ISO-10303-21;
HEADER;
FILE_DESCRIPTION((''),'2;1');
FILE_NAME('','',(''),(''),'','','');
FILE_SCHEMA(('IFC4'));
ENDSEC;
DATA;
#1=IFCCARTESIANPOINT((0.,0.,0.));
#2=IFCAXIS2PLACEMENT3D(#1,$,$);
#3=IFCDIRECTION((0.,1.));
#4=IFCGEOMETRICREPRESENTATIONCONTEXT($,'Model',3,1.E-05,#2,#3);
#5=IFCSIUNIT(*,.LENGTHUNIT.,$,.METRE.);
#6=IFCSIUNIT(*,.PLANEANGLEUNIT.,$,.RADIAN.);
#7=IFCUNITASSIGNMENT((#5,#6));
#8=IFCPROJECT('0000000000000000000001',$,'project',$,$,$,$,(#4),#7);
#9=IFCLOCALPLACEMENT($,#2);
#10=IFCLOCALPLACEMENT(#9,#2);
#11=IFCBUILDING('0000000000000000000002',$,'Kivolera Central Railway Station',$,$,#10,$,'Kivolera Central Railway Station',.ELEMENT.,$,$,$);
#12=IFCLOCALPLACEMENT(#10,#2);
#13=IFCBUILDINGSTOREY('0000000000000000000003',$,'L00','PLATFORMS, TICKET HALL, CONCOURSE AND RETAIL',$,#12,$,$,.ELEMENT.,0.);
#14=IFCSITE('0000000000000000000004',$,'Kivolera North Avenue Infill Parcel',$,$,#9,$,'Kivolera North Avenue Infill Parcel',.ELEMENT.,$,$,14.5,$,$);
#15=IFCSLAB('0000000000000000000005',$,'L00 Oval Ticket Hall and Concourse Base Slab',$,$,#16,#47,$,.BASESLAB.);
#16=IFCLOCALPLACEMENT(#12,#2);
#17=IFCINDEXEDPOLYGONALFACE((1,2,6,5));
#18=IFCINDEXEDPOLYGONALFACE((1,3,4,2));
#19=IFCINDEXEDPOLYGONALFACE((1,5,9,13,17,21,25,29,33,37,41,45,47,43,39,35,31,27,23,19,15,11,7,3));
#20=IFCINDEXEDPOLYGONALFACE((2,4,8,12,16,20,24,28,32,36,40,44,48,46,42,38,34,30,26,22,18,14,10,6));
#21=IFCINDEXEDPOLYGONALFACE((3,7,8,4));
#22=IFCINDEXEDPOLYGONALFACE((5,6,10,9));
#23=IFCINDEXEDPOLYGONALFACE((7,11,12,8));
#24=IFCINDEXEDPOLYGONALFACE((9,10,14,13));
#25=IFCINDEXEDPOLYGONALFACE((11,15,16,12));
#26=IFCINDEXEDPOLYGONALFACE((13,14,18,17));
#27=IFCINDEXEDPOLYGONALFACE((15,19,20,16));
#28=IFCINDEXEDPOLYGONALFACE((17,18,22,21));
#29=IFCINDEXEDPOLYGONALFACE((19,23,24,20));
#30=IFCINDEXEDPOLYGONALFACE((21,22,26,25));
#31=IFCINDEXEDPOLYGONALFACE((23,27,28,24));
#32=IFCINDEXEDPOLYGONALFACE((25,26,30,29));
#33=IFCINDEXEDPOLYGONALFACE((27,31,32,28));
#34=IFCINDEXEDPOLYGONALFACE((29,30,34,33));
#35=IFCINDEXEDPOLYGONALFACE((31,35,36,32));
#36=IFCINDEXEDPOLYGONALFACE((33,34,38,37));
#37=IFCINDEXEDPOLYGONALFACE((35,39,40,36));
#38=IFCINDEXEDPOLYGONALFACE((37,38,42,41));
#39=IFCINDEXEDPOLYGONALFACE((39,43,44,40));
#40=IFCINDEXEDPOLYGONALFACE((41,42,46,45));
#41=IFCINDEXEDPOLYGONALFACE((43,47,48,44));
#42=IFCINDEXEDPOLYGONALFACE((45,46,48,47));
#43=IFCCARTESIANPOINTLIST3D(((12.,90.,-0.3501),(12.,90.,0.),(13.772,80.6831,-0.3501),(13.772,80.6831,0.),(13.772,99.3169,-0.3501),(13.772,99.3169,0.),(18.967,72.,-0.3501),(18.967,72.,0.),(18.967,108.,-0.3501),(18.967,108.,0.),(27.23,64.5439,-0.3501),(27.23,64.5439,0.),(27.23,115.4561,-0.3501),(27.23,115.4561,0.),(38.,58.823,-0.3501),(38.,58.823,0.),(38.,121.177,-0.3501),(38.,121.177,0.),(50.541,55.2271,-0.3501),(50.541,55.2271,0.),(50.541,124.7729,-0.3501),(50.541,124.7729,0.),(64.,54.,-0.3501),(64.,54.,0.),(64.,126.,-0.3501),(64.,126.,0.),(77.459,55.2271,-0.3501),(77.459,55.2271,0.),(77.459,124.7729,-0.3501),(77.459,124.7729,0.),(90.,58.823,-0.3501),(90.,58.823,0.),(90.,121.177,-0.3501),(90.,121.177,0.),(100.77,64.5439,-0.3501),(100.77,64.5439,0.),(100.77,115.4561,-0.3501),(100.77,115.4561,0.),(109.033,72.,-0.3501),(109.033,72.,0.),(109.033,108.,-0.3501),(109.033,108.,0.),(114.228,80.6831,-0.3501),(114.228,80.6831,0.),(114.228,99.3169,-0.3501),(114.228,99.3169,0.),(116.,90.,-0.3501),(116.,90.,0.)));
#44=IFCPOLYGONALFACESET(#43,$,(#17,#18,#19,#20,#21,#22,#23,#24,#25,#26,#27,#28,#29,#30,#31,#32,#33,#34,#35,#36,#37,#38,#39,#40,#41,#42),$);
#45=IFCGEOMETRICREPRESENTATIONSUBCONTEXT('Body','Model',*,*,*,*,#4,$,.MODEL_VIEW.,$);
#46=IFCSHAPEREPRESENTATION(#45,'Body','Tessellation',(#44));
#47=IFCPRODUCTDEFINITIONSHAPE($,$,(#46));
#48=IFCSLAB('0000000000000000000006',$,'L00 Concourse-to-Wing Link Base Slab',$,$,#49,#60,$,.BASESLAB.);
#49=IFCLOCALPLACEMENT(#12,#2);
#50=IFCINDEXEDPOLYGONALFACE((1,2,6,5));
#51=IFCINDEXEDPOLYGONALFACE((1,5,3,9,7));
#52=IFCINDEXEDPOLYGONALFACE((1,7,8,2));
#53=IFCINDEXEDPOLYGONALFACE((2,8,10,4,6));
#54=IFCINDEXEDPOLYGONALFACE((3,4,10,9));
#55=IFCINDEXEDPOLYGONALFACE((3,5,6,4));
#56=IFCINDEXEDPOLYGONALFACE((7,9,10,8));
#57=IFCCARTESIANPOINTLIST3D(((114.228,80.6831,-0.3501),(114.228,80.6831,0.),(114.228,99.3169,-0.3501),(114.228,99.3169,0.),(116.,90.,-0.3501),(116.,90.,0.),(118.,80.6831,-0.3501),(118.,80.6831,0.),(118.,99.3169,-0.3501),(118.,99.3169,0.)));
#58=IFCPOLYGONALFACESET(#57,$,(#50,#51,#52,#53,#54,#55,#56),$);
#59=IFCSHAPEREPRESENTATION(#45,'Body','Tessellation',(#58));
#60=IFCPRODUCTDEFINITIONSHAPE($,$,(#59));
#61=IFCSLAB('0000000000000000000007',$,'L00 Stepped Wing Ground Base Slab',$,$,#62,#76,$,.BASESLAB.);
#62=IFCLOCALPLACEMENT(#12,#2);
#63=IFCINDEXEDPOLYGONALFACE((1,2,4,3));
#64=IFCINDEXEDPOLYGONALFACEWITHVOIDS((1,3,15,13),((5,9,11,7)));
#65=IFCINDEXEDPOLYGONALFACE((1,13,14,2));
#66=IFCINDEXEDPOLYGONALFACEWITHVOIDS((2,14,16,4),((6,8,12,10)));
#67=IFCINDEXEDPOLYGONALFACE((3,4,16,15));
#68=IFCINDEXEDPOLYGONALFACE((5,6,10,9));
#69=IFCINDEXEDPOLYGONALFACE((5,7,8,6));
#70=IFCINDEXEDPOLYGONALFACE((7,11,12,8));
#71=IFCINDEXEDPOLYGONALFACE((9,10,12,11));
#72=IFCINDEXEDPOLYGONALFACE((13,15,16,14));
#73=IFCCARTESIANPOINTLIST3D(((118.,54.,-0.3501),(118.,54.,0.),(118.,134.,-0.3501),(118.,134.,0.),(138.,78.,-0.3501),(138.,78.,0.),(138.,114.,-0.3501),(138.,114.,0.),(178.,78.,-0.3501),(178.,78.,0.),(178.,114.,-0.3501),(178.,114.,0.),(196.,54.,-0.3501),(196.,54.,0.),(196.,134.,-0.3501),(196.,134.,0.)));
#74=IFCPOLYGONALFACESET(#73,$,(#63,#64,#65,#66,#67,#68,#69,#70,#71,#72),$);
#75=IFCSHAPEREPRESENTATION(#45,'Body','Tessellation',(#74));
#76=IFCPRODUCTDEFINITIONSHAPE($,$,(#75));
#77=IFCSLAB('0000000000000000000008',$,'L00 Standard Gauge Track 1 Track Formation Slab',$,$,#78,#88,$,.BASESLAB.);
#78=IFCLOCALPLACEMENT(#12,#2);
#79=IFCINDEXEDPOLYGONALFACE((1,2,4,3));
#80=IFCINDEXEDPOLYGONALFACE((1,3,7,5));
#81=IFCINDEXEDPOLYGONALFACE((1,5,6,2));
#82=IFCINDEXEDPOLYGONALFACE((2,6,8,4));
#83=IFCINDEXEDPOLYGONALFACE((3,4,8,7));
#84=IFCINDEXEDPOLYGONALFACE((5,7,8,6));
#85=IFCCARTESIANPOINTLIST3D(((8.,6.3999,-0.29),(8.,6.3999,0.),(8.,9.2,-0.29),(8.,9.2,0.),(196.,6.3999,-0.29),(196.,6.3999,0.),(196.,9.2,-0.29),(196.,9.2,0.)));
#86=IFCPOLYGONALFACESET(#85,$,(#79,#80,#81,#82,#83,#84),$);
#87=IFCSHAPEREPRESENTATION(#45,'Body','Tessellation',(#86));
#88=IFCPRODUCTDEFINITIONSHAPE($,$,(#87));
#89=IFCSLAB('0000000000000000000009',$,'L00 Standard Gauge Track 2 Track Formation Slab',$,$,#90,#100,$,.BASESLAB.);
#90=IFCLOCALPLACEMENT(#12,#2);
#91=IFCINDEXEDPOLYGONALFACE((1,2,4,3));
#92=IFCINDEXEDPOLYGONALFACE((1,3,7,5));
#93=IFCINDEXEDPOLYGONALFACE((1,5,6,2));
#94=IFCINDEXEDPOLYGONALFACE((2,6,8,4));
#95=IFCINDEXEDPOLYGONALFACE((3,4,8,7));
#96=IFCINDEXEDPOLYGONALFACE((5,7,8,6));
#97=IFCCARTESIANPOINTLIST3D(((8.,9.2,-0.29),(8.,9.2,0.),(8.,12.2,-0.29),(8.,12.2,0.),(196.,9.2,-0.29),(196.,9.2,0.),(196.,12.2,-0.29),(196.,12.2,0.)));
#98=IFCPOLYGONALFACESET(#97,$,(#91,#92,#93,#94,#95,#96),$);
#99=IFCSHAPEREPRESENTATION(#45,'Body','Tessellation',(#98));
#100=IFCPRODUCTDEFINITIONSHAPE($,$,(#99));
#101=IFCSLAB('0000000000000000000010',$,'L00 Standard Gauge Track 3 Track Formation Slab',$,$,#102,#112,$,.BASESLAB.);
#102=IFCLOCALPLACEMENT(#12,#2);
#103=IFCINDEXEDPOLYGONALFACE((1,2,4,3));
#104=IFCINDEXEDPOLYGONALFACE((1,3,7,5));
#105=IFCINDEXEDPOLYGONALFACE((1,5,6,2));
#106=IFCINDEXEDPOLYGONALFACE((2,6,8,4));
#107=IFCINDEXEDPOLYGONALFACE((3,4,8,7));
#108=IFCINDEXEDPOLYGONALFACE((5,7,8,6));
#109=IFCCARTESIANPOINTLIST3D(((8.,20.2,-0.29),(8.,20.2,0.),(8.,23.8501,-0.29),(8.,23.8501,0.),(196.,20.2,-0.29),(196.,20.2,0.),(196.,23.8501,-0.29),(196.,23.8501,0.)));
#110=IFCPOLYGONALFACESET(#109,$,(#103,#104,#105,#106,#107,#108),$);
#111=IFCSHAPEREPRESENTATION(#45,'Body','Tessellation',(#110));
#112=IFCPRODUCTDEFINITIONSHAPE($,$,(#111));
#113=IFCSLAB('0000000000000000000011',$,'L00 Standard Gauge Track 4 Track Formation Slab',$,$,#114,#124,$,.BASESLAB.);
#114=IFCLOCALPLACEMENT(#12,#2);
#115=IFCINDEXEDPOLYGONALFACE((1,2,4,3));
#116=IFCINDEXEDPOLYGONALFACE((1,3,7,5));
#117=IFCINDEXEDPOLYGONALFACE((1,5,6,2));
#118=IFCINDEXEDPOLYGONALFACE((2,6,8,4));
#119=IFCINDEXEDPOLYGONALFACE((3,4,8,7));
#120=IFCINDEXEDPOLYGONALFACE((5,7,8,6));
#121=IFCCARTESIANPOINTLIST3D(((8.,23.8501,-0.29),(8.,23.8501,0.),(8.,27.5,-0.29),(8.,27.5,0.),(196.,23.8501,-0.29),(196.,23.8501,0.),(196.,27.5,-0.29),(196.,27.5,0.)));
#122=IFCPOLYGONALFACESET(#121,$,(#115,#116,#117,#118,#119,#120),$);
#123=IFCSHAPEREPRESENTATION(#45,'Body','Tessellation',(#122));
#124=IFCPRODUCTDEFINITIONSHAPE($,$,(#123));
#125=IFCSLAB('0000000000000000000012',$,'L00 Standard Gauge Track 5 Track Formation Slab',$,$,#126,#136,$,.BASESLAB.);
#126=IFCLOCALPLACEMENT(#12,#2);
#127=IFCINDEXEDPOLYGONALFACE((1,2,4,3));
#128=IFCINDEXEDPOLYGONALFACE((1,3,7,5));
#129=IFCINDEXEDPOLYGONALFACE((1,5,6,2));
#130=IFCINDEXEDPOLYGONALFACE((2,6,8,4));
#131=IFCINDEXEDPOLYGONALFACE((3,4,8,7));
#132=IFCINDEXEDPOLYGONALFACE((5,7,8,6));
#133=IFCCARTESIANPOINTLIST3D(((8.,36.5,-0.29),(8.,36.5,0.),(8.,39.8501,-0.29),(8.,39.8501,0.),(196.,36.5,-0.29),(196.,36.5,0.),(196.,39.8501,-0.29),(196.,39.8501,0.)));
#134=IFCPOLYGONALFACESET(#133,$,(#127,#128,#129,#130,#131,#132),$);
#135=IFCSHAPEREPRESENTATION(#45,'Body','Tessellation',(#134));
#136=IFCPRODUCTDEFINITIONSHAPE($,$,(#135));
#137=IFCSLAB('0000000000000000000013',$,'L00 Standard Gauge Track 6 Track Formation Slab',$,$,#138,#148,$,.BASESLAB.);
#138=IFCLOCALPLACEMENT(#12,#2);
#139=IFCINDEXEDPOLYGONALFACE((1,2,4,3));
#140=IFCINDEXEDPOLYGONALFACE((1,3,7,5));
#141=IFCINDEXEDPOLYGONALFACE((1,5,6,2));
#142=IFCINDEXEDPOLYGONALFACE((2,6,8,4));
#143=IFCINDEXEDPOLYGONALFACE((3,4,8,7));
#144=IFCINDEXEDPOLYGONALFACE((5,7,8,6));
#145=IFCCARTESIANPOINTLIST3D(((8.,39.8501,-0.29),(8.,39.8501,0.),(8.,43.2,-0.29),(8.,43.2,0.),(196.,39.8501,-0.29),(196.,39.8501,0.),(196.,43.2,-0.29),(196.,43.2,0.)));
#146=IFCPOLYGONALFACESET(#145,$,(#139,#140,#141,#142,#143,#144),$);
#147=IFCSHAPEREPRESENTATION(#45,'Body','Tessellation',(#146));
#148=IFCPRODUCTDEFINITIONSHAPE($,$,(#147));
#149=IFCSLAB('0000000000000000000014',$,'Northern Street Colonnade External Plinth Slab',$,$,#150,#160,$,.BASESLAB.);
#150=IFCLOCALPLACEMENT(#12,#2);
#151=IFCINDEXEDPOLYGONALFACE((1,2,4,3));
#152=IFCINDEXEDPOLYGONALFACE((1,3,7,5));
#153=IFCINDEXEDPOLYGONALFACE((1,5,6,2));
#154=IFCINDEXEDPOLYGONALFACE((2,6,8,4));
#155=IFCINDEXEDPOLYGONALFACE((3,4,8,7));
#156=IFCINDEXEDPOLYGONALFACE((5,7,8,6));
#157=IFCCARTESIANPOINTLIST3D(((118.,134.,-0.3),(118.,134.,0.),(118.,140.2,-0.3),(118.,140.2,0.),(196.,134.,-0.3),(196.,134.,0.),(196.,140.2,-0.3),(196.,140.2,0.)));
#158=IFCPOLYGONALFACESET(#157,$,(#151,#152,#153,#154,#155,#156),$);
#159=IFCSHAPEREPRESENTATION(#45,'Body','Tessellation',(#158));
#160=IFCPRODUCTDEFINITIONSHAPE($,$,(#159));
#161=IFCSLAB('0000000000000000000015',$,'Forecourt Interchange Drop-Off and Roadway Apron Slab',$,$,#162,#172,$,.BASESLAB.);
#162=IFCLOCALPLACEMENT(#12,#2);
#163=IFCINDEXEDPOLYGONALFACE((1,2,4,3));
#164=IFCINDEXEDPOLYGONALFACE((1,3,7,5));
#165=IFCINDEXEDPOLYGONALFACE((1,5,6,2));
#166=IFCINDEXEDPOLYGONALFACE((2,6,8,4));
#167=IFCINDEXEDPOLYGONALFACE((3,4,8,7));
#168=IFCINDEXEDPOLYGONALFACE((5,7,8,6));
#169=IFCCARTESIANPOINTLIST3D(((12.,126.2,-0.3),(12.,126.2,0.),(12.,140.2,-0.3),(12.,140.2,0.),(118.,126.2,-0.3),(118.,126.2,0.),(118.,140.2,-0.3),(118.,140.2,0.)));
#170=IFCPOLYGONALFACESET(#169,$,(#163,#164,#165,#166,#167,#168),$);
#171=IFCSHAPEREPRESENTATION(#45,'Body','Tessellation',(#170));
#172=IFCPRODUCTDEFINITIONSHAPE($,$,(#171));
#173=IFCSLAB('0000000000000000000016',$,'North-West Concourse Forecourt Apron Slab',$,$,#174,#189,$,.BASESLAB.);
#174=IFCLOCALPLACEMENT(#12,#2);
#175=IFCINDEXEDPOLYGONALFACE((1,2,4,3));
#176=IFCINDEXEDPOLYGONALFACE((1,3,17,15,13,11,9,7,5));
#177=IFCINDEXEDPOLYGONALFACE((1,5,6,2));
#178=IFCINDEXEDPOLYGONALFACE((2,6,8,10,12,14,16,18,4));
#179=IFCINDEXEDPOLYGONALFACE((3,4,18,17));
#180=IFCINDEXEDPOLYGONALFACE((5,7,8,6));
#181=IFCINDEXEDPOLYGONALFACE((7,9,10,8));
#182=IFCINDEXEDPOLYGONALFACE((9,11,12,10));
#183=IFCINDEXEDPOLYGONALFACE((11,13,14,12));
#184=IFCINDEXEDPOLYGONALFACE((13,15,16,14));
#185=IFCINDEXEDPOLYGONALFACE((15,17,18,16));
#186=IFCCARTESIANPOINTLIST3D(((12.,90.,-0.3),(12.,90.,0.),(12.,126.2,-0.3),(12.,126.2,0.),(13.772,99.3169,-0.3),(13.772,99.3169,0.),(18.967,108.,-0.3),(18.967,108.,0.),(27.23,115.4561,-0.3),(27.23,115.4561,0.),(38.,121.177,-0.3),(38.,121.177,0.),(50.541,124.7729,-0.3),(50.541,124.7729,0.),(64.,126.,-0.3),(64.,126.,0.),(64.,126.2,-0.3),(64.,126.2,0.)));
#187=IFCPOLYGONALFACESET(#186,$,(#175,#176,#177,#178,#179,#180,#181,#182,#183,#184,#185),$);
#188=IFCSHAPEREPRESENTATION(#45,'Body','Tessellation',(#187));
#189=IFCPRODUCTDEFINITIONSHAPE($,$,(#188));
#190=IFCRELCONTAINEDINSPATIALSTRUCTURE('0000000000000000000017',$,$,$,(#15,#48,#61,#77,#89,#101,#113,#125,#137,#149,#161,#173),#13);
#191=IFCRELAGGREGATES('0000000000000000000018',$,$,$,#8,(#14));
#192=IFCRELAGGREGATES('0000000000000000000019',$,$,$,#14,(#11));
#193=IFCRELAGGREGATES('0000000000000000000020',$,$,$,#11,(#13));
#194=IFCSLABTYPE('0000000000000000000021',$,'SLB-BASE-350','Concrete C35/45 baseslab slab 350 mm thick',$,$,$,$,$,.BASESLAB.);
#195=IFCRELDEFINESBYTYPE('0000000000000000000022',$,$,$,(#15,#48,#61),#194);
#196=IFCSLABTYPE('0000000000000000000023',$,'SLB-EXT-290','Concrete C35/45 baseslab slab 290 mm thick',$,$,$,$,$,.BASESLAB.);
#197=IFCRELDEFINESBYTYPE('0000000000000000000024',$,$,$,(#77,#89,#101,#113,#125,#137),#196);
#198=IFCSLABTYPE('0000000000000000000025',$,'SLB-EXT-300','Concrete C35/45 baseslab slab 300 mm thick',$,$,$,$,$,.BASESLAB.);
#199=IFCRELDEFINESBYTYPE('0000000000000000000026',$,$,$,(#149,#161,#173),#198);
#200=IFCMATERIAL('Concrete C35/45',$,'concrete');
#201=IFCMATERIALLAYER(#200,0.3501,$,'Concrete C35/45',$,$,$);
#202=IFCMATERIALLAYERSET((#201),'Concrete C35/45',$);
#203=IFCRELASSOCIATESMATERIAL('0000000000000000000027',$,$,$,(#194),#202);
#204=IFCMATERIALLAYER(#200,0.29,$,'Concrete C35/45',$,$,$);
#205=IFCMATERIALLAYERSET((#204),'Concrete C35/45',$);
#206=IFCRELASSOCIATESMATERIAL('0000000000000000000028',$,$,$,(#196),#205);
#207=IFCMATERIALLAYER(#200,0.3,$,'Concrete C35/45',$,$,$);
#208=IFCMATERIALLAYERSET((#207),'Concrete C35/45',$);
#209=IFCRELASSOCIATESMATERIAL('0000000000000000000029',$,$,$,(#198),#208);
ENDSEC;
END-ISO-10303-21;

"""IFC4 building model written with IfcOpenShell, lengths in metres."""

from ifc_helpers import new_model, si_unit, direction, frame, origin, place, context, subcontext, project, spatial, polyline, outline, extrude, material, layer, layer_set, type_object, element, save


model = new_model("IFC4")

# Units and contexts
model_context = context("Model", 3, precision=1e-05, world=origin(), true_north=direction((0.0, 1.0)))
body_context = subcontext(model_context, "Body", "Model", "MODEL_VIEW")
ifc_project = project(units=[si_unit("LENGTHUNIT", "METRE"), si_unit("PLANEANGLEUNIT", "RADIAN")], contexts=[model_context])

# Site, building, storey
site_placement = place(None, origin())
site = spatial("IfcSite", under=ifc_project, at=site_placement, Name="Kivolera North Avenue Infill Parcel", LongName="Kivolera North Avenue Infill Parcel", CompositionType="ELEMENT", RefElevation=14.5)
building_placement = place(site_placement, origin())
building = spatial("IfcBuilding", under=site, at=building_placement, Name="Kivolera Central Railway Station", LongName="Kivolera Central Railway Station", CompositionType="ELEMENT")
storey_placement = place(building_placement, origin())
storey = spatial("IfcBuildingStorey", under=building, at=storey_placement, Name="L00", Description="PLATFORMS, TICKET HALL, CONCOURSE AND RETAIL", CompositionType="ELEMENT", Elevation=0.0)

# Slabs
ifc_material_1 = material(Name="Concrete C35/45", Category="concrete")
ifc_layer_1 = layer(ifc_material_1, 0.3501, Name="Concrete C35/45")
ifc_layer_set_1 = layer_set([ifc_layer_1], Name="Concrete C35/45")
slab_type_1 = type_object("IfcSlabType", Name="SLB-BASE-350", Description="Concrete C35/45 baseslab slab 350 mm thick", PredefinedType="BASESLAB", material=ifc_layer_set_1)
slab_1_placement = place(storey_placement, frame((0.0, 0.0, -0.3501)))
element("IfcSlab", 1, at=slab_1_placement, inside=storey, type_object=slab_type_1, Name="L00 Oval Ticket Hall and Concourse Base Slab", PredefinedType="BASESLAB", context=body_context, shape_type="SweptSolid", body=[
    extrude(outline(polyline([(116.0, 90.0), (114.228, 99.3169), (109.033, 108.0), (100.77, 115.4561), (90.0, 121.177), (77.459, 124.7729), (64.0, 126.0), (50.541, 124.7729), (38.0, 121.177), (27.23, 115.4561), (18.967, 108.0), (13.772, 99.3169), (12.0, 90.0), (13.772, 80.6831), (18.967, 72.0), (27.23, 64.5439), (38.0, 58.823), (50.541, 55.2271), (64.0, 54.0), (77.459, 55.2271), (90.0, 58.823), (100.77, 64.5439), (109.033, 72.0), (114.228, 80.6831), (116.0, 90.0)])), origin(), (0.0, 0.0, 1.0), 0.3501),
])
slab_2_placement = place(storey_placement, frame((0.0, 0.0, -0.3501)))
element("IfcSlab", 2, at=slab_2_placement, inside=storey, type_object=slab_type_1, Name="L00 Concourse-to-Wing Link Base Slab", PredefinedType="BASESLAB", context=body_context, shape_type="SweptSolid", body=[
    extrude(outline(polyline([(114.228, 80.6831), (118.0, 80.6831), (118.0, 99.3169), (114.228, 99.3169), (116.0, 90.0), (114.228, 80.6831)])), origin(), (0.0, 0.0, 1.0), 0.3501),
])
slab_3_placement = place(storey_placement, frame((0.0, 0.0, -0.3501)))
element("IfcSlab", 3, at=slab_3_placement, inside=storey, type_object=slab_type_1, Name="L00 Stepped Wing Ground Base Slab", PredefinedType="BASESLAB", context=body_context, shape_type="SweptSolid", body=[
    extrude(outline(polyline([(118.0, 54.0), (196.0, 54.0), (196.0, 134.0), (118.0, 134.0), (118.0, 54.0)]), holes=[polyline([(138.0, 78.0), (178.0, 78.0), (178.0, 114.0), (138.0, 114.0), (138.0, 78.0)])]), origin(), (0.0, 0.0, 1.0), 0.3501),
])
ifc_layer_2 = layer(ifc_material_1, 0.29, Name="Concrete C35/45")
ifc_layer_set_2 = layer_set([ifc_layer_2], Name="Concrete C35/45")
slab_type_2 = type_object("IfcSlabType", Name="SLB-EXT-290", Description="Concrete C35/45 baseslab slab 290 mm thick", PredefinedType="BASESLAB", material=ifc_layer_set_2)
slab_4_placement = place(storey_placement, frame((0.0, 0.0, -0.29)))
element("IfcSlab", 4, at=slab_4_placement, inside=storey, type_object=slab_type_2, Name="L00 Standard Gauge Track 1 Track Formation Slab", PredefinedType="BASESLAB", context=body_context, shape_type="SweptSolid", body=[
    extrude(outline(polyline([(8.0, 6.3999), (196.0, 6.3999), (196.0, 9.2), (8.0, 9.2), (8.0, 6.3999)])), origin(), (0.0, 0.0, 1.0), 0.29),
])
slab_5_placement = place(storey_placement, frame((0.0, 0.0, -0.29)))
element("IfcSlab", 5, at=slab_5_placement, inside=storey, type_object=slab_type_2, Name="L00 Standard Gauge Track 2 Track Formation Slab", PredefinedType="BASESLAB", context=body_context, shape_type="SweptSolid", body=[
    extrude(outline(polyline([(8.0, 9.2), (196.0, 9.2), (196.0, 12.2), (8.0, 12.2), (8.0, 9.2)])), origin(), (0.0, 0.0, 1.0), 0.29),
])
slab_6_placement = place(storey_placement, frame((0.0, 0.0, -0.29)))
element("IfcSlab", 6, at=slab_6_placement, inside=storey, type_object=slab_type_2, Name="L00 Standard Gauge Track 3 Track Formation Slab", PredefinedType="BASESLAB", context=body_context, shape_type="SweptSolid", body=[
    extrude(outline(polyline([(8.0, 20.2), (196.0, 20.2), (196.0, 23.8501), (8.0, 23.8501), (8.0, 20.2)])), origin(), (0.0, 0.0, 1.0), 0.29),
])
slab_7_placement = place(storey_placement, frame((0.0, 0.0, -0.29)))
element("IfcSlab", 7, at=slab_7_placement, inside=storey, type_object=slab_type_2, Name="L00 Standard Gauge Track 4 Track Formation Slab", PredefinedType="BASESLAB", context=body_context, shape_type="SweptSolid", body=[
    extrude(outline(polyline([(8.0, 23.8501), (196.0, 23.8501), (196.0, 27.5), (8.0, 27.5), (8.0, 23.8501)])), origin(), (0.0, 0.0, 1.0), 0.29),
])
slab_8_placement = place(storey_placement, frame((0.0, 0.0, -0.29)))
element("IfcSlab", 8, at=slab_8_placement, inside=storey, type_object=slab_type_2, Name="L00 Standard Gauge Track 5 Track Formation Slab", PredefinedType="BASESLAB", context=body_context, shape_type="SweptSolid", body=[
    extrude(outline(polyline([(8.0, 36.5), (196.0, 36.5), (196.0, 39.8501), (8.0, 39.8501), (8.0, 36.5)])), origin(), (0.0, 0.0, 1.0), 0.29),
])
slab_9_placement = place(storey_placement, frame((0.0, 0.0, -0.29)))
element("IfcSlab", 9, at=slab_9_placement, inside=storey, type_object=slab_type_2, Name="L00 Standard Gauge Track 6 Track Formation Slab", PredefinedType="BASESLAB", context=body_context, shape_type="SweptSolid", body=[
    extrude(outline(polyline([(8.0, 39.8501), (196.0, 39.8501), (196.0, 43.2), (8.0, 43.2), (8.0, 39.8501)])), origin(), (0.0, 0.0, 1.0), 0.29),
])
ifc_layer_3 = layer(ifc_material_1, 0.3, Name="Concrete C35/45")
ifc_layer_set_3 = layer_set([ifc_layer_3], Name="Concrete C35/45")
slab_type_3 = type_object("IfcSlabType", Name="SLB-EXT-300", Description="Concrete C35/45 baseslab slab 300 mm thick", PredefinedType="BASESLAB", material=ifc_layer_set_3)
slab_10_placement = place(storey_placement, frame((0.0, 0.0, -0.3)))
element("IfcSlab", 10, at=slab_10_placement, inside=storey, type_object=slab_type_3, Name="Northern Street Colonnade External Plinth Slab", PredefinedType="BASESLAB", context=body_context, shape_type="SweptSolid", body=[
    extrude(outline(polyline([(118.0, 134.0), (196.0, 134.0), (196.0, 140.2), (118.0, 140.2), (118.0, 134.0)])), origin(), (0.0, 0.0, 1.0), 0.3),
])
slab_11_placement = place(storey_placement, frame((0.0, 0.0, -0.3)))
element("IfcSlab", 11, at=slab_11_placement, inside=storey, type_object=slab_type_3, Name="Forecourt Interchange Drop-Off and Roadway Apron Slab", PredefinedType="BASESLAB", context=body_context, shape_type="SweptSolid", body=[
    extrude(outline(polyline([(12.0, 126.2), (118.0, 126.2), (118.0, 140.2), (12.0, 140.2), (12.0, 126.2)])), origin(), (0.0, 0.0, 1.0), 0.3),
])
slab_12_placement = place(storey_placement, frame((0.0, 0.0, -0.3)))
element("IfcSlab", 12, at=slab_12_placement, inside=storey, type_object=slab_type_3, Name="North-West Concourse Forecourt Apron Slab", PredefinedType="BASESLAB", context=body_context, shape_type="SweptSolid", body=[
    extrude(outline(polyline([(12.0, 90.0), (12.0, 126.2), (64.0, 126.2), (64.0, 126.0), (50.541, 124.7729), (38.0, 121.177), (27.23, 115.4561), (18.967, 108.0), (13.772, 99.3169), (12.0, 90.0), (12.0, 90.0)])), origin(), (0.0, 0.0, 1.0), 0.3),
])

save(model, "model.ifc")
